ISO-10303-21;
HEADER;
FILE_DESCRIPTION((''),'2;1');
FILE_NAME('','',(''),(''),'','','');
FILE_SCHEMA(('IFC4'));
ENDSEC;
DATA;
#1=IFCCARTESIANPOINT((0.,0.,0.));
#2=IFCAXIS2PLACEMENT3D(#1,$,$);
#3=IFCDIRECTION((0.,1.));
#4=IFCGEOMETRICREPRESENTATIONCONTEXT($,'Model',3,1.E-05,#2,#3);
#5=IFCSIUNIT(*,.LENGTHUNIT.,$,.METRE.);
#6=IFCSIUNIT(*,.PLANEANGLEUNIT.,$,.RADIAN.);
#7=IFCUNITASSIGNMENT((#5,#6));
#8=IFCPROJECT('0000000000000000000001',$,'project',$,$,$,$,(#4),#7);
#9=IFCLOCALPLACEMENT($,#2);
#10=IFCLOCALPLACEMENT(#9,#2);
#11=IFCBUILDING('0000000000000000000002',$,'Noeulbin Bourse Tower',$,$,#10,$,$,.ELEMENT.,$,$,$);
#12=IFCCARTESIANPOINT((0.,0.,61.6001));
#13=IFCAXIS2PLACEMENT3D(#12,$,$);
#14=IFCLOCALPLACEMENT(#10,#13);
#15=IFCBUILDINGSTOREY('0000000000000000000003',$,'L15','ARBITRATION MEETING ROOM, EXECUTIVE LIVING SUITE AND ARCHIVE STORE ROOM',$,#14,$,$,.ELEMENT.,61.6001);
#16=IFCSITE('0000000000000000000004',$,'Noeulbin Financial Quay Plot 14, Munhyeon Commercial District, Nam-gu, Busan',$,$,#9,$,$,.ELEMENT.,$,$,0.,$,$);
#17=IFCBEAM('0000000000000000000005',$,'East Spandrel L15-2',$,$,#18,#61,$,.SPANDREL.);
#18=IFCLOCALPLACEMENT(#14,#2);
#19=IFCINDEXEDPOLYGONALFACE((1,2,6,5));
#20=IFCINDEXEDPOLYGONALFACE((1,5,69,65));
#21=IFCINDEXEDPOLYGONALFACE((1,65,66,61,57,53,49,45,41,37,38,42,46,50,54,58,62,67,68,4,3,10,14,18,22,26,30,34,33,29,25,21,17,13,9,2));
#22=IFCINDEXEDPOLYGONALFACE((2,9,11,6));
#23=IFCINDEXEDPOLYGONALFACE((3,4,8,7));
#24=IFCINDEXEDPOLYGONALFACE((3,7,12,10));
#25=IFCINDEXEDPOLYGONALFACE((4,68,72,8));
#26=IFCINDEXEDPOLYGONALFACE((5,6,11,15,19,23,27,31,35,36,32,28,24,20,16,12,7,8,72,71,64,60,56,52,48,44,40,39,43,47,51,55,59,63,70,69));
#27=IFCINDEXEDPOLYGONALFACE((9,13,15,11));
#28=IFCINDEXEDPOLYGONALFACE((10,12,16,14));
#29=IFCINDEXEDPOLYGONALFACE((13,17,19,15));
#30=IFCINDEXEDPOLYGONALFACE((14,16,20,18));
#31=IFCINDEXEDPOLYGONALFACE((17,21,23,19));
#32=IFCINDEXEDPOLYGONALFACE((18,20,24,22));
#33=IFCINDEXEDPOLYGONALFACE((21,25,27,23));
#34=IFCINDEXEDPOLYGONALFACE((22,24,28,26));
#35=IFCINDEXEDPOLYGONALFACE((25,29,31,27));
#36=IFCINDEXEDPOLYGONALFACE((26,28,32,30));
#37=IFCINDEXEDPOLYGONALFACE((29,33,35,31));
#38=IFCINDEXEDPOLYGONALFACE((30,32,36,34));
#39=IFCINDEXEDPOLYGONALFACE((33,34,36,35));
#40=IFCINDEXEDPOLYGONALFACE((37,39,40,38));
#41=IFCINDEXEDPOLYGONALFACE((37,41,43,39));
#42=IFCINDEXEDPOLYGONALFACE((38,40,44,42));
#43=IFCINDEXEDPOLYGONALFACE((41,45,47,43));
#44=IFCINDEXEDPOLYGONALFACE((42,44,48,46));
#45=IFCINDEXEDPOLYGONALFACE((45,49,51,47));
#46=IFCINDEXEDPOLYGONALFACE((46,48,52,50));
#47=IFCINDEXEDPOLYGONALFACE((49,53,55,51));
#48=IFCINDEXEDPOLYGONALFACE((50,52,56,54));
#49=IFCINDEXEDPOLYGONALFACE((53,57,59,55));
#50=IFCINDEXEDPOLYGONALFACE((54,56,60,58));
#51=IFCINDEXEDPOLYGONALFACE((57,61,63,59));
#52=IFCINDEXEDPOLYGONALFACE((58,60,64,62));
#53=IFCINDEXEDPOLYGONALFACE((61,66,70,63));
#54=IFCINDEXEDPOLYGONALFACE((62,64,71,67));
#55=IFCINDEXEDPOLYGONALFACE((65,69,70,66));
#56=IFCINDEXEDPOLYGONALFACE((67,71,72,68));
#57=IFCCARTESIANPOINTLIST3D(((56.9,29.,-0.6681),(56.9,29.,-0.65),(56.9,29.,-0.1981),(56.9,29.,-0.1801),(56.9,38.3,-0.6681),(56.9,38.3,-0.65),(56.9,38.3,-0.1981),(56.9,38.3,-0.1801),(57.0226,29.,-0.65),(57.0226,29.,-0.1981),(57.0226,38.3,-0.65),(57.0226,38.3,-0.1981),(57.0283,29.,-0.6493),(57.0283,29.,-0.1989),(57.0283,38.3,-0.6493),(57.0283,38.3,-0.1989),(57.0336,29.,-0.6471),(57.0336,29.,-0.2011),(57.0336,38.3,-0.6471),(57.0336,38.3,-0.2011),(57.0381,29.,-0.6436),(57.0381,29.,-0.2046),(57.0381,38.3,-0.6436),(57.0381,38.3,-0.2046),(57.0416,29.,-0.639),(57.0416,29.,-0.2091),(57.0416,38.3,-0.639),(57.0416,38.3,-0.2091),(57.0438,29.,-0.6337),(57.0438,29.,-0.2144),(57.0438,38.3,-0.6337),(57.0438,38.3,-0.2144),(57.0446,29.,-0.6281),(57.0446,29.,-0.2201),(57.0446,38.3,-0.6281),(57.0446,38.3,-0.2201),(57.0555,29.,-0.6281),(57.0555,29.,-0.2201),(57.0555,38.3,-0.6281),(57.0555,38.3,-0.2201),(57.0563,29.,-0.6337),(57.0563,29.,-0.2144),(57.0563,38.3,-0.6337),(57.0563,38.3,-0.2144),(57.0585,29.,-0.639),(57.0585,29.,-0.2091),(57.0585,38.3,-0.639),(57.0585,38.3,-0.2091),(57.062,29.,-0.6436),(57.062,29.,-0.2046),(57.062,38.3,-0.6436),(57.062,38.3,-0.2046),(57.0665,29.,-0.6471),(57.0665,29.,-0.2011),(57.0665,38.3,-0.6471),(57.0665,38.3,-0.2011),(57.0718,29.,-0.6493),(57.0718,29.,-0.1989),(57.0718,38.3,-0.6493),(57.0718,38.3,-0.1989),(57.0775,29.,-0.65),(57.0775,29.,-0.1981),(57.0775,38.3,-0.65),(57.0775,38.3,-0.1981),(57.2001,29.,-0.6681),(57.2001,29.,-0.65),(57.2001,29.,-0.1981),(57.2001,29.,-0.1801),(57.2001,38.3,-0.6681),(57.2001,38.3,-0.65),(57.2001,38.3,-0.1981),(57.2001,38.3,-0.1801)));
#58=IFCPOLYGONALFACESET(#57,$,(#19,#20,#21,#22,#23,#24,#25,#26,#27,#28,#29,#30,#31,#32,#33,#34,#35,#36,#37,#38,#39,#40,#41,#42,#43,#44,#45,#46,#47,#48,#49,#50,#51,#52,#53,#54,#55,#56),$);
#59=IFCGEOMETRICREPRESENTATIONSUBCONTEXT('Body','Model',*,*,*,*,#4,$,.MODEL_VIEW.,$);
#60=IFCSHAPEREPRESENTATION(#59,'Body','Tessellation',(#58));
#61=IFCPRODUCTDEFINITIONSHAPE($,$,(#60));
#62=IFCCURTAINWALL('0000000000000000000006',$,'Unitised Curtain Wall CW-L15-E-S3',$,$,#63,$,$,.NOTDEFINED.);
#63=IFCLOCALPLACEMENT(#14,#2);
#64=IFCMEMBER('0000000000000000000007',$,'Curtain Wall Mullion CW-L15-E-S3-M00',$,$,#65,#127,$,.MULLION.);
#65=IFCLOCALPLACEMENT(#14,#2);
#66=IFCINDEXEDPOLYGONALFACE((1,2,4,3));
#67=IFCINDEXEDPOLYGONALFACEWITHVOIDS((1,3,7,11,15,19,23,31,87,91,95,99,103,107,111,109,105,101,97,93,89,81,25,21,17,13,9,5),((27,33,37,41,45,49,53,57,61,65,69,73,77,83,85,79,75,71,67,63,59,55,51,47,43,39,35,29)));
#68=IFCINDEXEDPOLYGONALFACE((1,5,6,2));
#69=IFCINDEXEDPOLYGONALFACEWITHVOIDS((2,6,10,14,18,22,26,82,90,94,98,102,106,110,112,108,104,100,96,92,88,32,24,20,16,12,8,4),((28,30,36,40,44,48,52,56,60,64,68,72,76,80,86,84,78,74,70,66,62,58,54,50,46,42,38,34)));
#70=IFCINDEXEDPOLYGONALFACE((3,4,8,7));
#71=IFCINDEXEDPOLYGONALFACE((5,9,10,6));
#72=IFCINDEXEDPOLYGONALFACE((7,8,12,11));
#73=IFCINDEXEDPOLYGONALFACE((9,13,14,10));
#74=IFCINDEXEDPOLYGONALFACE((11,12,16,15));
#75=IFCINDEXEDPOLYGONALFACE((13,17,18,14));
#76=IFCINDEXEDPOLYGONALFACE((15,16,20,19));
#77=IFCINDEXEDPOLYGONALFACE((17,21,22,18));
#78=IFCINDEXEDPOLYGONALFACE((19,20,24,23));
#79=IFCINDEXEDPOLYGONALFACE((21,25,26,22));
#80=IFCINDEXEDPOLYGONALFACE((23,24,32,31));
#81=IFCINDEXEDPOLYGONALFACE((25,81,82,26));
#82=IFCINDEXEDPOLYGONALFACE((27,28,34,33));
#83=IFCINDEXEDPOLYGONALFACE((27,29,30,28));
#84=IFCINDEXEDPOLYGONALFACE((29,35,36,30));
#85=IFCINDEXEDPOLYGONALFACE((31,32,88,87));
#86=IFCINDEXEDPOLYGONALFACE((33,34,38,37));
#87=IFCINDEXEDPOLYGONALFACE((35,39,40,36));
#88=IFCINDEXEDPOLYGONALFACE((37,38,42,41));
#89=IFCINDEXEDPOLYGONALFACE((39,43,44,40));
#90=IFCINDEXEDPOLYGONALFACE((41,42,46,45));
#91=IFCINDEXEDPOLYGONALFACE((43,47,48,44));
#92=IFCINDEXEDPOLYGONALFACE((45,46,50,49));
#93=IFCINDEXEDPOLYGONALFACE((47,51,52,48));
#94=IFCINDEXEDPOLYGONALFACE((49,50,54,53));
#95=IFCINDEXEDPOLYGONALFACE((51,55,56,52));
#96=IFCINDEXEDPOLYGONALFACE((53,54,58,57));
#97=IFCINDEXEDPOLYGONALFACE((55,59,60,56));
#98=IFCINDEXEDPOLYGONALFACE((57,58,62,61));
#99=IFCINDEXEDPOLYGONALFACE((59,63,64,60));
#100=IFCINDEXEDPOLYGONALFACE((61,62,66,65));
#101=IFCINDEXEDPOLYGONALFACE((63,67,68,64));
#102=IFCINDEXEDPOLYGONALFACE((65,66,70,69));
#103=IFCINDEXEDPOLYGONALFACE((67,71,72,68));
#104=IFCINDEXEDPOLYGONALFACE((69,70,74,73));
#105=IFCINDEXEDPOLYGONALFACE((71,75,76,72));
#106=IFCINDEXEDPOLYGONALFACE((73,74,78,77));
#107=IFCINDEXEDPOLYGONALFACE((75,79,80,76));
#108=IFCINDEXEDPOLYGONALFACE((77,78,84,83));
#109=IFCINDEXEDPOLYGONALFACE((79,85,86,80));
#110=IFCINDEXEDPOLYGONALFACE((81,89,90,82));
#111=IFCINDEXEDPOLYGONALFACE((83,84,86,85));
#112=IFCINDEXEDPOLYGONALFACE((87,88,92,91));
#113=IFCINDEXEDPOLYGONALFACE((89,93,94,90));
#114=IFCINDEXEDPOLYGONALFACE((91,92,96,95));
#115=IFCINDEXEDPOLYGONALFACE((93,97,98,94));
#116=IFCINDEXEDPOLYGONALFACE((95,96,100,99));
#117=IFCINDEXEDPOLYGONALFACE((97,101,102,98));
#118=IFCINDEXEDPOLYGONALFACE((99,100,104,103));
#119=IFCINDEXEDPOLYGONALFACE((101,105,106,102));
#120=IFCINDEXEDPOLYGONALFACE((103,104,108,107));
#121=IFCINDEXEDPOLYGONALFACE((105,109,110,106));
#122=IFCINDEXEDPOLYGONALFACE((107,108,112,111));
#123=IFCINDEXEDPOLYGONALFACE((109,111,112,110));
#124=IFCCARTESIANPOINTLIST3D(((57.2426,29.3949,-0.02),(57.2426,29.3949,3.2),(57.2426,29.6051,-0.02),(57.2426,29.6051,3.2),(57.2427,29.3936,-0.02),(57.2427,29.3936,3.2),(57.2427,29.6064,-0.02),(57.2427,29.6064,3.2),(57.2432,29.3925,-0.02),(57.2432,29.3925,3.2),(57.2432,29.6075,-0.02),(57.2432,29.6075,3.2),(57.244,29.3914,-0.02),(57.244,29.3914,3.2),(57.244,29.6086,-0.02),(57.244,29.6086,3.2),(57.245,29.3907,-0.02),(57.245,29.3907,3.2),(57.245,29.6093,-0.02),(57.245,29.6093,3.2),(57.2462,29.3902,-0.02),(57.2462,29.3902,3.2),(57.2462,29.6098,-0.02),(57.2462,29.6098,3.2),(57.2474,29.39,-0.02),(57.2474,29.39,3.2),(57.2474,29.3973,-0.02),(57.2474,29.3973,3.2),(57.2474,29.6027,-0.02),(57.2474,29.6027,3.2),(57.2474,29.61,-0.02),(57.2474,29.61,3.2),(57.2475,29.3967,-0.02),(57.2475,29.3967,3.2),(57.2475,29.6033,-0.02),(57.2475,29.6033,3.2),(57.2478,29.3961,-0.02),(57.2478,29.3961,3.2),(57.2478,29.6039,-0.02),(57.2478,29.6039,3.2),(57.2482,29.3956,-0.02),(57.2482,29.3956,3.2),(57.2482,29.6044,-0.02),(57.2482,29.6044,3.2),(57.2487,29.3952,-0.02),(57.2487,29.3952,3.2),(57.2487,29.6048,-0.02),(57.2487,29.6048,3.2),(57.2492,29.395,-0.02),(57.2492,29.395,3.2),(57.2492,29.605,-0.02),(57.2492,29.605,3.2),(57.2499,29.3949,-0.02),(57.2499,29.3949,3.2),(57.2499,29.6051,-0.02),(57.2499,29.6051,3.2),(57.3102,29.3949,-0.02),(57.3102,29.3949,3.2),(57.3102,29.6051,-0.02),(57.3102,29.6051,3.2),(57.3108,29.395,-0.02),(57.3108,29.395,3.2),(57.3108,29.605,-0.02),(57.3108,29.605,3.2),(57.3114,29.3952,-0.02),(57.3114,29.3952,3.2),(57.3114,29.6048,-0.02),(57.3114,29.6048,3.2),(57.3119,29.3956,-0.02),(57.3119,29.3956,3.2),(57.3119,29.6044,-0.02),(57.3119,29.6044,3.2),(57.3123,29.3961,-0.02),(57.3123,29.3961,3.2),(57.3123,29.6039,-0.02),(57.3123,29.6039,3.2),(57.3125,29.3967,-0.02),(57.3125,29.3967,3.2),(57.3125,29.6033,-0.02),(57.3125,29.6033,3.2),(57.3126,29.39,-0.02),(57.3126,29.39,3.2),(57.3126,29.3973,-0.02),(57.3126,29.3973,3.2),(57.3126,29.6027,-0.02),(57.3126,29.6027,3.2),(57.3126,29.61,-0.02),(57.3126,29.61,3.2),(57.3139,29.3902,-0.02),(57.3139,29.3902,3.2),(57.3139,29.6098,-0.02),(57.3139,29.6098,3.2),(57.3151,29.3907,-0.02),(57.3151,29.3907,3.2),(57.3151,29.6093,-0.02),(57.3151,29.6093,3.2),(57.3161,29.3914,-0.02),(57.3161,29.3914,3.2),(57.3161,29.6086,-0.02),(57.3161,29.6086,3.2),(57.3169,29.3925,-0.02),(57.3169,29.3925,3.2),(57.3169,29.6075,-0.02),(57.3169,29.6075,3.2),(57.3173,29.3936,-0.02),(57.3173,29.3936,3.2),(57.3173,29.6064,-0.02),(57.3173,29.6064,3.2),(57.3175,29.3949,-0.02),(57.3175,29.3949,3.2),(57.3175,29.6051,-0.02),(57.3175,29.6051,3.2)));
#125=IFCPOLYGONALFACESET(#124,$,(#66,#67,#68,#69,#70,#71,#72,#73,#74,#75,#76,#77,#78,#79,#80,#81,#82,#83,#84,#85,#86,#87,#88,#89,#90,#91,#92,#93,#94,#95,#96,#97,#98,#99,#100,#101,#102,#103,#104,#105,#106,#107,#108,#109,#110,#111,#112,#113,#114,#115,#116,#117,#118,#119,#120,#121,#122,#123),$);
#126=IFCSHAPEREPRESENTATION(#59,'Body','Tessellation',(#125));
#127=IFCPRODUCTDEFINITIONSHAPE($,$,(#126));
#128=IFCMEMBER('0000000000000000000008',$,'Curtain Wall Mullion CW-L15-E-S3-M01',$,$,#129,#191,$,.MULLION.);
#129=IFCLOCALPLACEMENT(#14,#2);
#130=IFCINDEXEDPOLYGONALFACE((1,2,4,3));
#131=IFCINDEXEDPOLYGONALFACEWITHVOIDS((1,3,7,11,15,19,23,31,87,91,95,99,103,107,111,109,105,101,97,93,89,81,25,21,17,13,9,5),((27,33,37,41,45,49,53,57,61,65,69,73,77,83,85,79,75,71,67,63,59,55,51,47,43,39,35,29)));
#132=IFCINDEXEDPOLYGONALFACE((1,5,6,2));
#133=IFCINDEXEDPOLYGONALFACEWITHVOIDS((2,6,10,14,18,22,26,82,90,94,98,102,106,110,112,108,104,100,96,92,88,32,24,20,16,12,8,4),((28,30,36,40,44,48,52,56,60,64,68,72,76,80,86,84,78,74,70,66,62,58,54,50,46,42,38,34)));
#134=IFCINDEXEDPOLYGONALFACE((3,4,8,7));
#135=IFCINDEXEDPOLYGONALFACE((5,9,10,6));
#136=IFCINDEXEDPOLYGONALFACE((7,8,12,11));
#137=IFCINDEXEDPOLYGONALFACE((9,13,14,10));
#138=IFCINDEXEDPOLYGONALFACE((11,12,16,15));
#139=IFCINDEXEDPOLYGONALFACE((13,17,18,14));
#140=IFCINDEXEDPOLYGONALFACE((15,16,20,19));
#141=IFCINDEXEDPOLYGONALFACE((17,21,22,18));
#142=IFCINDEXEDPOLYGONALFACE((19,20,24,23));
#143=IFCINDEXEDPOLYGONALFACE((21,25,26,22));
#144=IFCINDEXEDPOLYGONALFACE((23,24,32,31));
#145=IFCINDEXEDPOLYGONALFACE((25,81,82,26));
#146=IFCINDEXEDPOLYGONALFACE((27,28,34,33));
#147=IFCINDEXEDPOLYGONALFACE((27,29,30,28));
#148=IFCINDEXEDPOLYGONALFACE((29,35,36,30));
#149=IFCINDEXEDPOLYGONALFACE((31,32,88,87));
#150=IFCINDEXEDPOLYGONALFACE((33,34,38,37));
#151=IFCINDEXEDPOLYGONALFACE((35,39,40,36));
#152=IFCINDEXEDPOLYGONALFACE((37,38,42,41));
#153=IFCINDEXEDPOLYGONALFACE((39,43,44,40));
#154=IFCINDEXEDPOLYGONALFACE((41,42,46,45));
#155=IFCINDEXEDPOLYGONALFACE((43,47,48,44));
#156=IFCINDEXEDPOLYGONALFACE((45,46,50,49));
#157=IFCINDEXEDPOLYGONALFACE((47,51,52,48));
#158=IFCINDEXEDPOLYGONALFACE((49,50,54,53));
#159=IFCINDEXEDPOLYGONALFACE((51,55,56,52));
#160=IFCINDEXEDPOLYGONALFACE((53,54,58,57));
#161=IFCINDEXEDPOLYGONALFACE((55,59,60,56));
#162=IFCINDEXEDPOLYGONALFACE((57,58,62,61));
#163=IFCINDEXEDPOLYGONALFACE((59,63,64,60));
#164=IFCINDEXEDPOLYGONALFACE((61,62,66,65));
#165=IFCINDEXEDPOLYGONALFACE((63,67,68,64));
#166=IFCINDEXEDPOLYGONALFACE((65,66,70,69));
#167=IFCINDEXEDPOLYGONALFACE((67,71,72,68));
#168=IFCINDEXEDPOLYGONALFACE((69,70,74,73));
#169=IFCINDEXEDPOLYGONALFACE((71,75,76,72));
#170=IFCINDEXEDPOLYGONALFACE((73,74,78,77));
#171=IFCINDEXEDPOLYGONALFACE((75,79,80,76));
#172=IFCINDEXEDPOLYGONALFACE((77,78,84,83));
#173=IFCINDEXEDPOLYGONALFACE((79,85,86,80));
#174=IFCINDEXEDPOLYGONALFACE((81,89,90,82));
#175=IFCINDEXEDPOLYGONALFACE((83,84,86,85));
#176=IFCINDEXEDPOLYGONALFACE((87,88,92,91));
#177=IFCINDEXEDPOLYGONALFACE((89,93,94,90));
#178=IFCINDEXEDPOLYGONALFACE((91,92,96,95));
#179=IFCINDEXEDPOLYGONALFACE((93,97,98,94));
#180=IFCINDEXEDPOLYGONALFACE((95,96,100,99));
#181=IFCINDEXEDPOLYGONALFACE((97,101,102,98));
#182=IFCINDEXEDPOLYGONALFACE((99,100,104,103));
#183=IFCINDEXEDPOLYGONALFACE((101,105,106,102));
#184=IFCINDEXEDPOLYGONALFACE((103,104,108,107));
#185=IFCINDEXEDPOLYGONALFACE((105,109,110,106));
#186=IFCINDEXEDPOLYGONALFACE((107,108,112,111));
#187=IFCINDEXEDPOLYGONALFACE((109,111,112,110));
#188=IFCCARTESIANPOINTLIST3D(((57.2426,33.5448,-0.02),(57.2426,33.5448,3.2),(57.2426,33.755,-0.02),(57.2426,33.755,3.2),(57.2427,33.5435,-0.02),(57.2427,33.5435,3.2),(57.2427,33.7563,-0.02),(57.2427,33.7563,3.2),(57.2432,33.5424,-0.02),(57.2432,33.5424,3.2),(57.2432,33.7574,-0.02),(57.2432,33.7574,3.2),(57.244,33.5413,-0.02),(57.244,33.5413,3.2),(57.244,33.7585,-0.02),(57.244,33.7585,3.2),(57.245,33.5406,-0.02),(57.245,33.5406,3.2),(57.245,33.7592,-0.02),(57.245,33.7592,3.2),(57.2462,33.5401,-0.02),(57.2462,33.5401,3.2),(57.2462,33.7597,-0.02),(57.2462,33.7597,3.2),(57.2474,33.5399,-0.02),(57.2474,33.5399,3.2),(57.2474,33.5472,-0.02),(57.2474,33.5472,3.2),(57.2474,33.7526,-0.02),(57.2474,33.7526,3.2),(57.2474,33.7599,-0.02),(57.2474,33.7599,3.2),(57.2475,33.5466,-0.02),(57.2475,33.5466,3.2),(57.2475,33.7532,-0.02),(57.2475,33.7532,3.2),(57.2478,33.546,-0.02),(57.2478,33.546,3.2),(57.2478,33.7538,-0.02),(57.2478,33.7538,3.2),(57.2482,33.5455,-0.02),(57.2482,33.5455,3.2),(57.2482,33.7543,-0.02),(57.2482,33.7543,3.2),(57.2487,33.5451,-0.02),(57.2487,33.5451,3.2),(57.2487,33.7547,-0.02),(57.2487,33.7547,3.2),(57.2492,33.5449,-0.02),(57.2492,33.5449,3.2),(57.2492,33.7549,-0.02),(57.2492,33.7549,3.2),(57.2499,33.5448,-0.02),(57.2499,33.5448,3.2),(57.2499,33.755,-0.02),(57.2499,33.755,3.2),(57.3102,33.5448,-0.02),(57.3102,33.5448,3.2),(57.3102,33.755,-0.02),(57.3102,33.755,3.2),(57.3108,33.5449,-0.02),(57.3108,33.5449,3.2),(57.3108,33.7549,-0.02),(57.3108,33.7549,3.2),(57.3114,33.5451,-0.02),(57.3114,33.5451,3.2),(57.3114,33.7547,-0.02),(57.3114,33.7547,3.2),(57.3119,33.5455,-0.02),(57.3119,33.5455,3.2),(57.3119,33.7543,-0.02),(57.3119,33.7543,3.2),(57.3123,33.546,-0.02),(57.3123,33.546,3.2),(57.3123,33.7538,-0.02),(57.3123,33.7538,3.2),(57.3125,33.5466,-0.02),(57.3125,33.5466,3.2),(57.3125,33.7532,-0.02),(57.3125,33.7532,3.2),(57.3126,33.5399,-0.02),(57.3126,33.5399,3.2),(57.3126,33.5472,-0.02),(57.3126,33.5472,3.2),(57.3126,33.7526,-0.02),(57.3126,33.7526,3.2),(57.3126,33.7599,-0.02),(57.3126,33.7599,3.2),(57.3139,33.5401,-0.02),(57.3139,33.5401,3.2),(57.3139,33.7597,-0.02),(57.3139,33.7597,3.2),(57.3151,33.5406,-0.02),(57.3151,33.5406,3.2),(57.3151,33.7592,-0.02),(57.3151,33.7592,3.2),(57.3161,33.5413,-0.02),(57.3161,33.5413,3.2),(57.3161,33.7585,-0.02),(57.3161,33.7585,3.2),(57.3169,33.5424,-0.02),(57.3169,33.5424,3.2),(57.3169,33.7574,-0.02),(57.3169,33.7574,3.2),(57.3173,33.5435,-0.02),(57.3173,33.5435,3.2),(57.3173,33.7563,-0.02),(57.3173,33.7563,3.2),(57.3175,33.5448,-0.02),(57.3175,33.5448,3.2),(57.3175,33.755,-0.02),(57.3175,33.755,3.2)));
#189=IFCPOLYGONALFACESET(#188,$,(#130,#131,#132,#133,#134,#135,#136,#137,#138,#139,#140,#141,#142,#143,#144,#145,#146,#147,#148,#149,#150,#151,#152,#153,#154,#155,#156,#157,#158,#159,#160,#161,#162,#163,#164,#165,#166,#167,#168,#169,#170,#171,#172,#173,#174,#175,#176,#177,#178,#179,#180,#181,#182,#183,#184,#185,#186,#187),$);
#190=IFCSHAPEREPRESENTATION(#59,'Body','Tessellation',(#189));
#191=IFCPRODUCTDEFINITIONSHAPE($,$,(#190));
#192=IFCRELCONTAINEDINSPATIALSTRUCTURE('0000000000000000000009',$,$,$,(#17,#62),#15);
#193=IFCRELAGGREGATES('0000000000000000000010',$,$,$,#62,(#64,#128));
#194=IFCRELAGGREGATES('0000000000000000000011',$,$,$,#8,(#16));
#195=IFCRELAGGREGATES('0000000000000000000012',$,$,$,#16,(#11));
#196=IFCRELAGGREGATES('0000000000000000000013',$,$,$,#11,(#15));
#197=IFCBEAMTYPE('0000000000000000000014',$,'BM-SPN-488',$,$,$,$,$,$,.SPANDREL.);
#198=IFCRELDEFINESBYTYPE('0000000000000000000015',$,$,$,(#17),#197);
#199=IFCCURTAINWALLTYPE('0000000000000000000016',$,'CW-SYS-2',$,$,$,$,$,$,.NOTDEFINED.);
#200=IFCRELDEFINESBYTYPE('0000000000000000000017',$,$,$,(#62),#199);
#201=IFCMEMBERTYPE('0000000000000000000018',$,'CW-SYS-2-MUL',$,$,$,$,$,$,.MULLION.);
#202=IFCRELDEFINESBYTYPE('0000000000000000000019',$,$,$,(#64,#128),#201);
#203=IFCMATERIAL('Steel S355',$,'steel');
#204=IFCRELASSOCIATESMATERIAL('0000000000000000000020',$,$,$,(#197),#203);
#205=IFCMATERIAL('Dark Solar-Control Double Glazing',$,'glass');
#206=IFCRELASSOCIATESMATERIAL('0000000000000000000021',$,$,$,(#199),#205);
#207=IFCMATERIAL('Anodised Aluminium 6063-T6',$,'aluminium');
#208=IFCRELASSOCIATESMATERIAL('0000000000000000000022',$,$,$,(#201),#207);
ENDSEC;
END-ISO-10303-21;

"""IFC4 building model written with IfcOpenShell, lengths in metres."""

from ifc_helpers import new_model, si_unit, direction, frame, origin, origin_2d, place, context, subcontext, project, spatial, hollow_rectangle, i_section, extrude, material, material_profile, profile_set, type_object, element, aggregate, save


model = new_model("IFC4")

# Units and contexts
model_context = context("Model", 3, precision=1e-05, world=origin(), true_north=direction((0.0, 1.0)))
body_context = subcontext(model_context, "Body", "Model", "MODEL_VIEW")
ifc_project = project(units=[si_unit("LENGTHUNIT", "METRE"), si_unit("PLANEANGLEUNIT", "RADIAN")], contexts=[model_context])

# Site, building, storey
site_placement = place(None, origin())
site = spatial("IfcSite", under=ifc_project, at=site_placement, Name="Noeulbin Financial Quay Plot 14, Munhyeon Commercial District, Nam-gu, Busan", CompositionType="ELEMENT", RefElevation=0.0)
building_placement = place(site_placement, origin())
building = spatial("IfcBuilding", under=site, at=building_placement, Name="Noeulbin Bourse Tower", CompositionType="ELEMENT")
storey_placement = place(building_placement, frame((0.0, 0.0, 61.6001)))
storey = spatial("IfcBuildingStorey", under=building, at=storey_placement, Name="L15", Description="ARBITRATION MEETING ROOM, EXECUTIVE LIVING SUITE AND ARCHIVE STORE ROOM", CompositionType="ELEMENT", Elevation=61.6001)

# Beam
ifc_material_1 = material(Name="Steel S355", Category="steel")
ifc_material_profile_1 = material_profile(ifc_material_1, i_section(OverallWidth=0.3, OverallDepth=0.488, WebThickness=0.011, FlangeThickness=0.0181, FilletRadius=0.022, at=origin_2d()), Name="H-488x300x11x18", Category="LoadBearing")
ifc_profile_set_1 = profile_set([ifc_material_profile_1], Name="Steel S355")
beam_type_1 = type_object("IfcBeamType", Name="BM-SPN-488", PredefinedType="SPANDREL", material=ifc_profile_set_1)
beam_1_placement = place(storey_placement, frame((57.05, 29.0, -0.4241), z_axis=(0.0, 1.0, 0.0), x_axis=(-1.0, 0.0, 0.0)))
element("IfcBeam", 1, at=beam_1_placement, inside=storey, type_object=beam_type_1, Name="East Spandrel L15-2", PredefinedType="SPANDREL", context=body_context, shape_type="SweptSolid", body=[
    extrude(i_section(OverallWidth=0.3, OverallDepth=0.488, WebThickness=0.011, FlangeThickness=0.0181, FilletRadius=0.022, at=origin_2d()), origin(), (0.0, 0.0, 1.0), 9.3),
])

# Curtain wall, members
ifc_material_2 = material(Name="Dark Solar-Control Double Glazing", Category="glass")
curtain_wall_type = type_object("IfcCurtainWallType", Name="CW-SYS-2", PredefinedType="NOTDEFINED", material=ifc_material_2)
curtain_wall_placement = place(storey_placement, origin())
curtain_wall = element("IfcCurtainWall", 2, at=curtain_wall_placement, inside=storey, type_object=curtain_wall_type, Name="Unitised Curtain Wall CW-L15-E-S3", PredefinedType="NOTDEFINED")
ifc_material_3 = material(Name="Anodised Aluminium 6063-T6", Category="aluminium")
ifc_material_profile_2 = material_profile(ifc_material_3, hollow_rectangle(XDim=0.075, YDim=0.22, WallThickness=0.0049, InnerFilletRadius=0.0024, OuterFilletRadius=0.0049, at=origin_2d()), Name="ALU-MULL-75x220x5", Category="LoadBearing")
ifc_profile_set_2 = profile_set([ifc_material_profile_2], Name="Anodised Aluminium 6063-T6")
member_type_1 = type_object("IfcMemberType", Name="CW-SYS-2-MUL", PredefinedType="MULLION", material=ifc_profile_set_2)
member_1_placement = place(storey_placement, frame((57.28, 29.5, -0.02), z_axis=(0.0, 0.0, 1.0), x_axis=(1.0, 0.0, 0.0)))
member_1 = element("IfcMember", 3, at=member_1_placement, type_object=member_type_1, Name="Curtain Wall Mullion CW-L15-E-S3-M00", PredefinedType="MULLION", context=body_context, shape_type="SweptSolid", body=[
    extrude(hollow_rectangle(XDim=0.075, YDim=0.22, WallThickness=0.0049, InnerFilletRadius=0.0024, OuterFilletRadius=0.0049, at=origin_2d()), origin(), (0.0, 0.0, 1.0), 3.22),
])
member_2_placement = place(storey_placement, frame((57.28, 33.6499, -0.02), z_axis=(0.0, 0.0, 1.0), x_axis=(1.0, 0.0, 0.0)))
member_2 = element("IfcMember", 4, at=member_2_placement, type_object=member_type_1, Name="Curtain Wall Mullion CW-L15-E-S3-M01", PredefinedType="MULLION", context=body_context, shape_type="SweptSolid", body=[
    extrude(hollow_rectangle(XDim=0.075, YDim=0.22, WallThickness=0.0049, InnerFilletRadius=0.0024, OuterFilletRadius=0.0049, at=origin_2d()), origin(), (0.0, 0.0, 1.0), 3.22),
])
aggregate(curtain_wall, [member_1, member_2])

save(model, "model.ifc")
